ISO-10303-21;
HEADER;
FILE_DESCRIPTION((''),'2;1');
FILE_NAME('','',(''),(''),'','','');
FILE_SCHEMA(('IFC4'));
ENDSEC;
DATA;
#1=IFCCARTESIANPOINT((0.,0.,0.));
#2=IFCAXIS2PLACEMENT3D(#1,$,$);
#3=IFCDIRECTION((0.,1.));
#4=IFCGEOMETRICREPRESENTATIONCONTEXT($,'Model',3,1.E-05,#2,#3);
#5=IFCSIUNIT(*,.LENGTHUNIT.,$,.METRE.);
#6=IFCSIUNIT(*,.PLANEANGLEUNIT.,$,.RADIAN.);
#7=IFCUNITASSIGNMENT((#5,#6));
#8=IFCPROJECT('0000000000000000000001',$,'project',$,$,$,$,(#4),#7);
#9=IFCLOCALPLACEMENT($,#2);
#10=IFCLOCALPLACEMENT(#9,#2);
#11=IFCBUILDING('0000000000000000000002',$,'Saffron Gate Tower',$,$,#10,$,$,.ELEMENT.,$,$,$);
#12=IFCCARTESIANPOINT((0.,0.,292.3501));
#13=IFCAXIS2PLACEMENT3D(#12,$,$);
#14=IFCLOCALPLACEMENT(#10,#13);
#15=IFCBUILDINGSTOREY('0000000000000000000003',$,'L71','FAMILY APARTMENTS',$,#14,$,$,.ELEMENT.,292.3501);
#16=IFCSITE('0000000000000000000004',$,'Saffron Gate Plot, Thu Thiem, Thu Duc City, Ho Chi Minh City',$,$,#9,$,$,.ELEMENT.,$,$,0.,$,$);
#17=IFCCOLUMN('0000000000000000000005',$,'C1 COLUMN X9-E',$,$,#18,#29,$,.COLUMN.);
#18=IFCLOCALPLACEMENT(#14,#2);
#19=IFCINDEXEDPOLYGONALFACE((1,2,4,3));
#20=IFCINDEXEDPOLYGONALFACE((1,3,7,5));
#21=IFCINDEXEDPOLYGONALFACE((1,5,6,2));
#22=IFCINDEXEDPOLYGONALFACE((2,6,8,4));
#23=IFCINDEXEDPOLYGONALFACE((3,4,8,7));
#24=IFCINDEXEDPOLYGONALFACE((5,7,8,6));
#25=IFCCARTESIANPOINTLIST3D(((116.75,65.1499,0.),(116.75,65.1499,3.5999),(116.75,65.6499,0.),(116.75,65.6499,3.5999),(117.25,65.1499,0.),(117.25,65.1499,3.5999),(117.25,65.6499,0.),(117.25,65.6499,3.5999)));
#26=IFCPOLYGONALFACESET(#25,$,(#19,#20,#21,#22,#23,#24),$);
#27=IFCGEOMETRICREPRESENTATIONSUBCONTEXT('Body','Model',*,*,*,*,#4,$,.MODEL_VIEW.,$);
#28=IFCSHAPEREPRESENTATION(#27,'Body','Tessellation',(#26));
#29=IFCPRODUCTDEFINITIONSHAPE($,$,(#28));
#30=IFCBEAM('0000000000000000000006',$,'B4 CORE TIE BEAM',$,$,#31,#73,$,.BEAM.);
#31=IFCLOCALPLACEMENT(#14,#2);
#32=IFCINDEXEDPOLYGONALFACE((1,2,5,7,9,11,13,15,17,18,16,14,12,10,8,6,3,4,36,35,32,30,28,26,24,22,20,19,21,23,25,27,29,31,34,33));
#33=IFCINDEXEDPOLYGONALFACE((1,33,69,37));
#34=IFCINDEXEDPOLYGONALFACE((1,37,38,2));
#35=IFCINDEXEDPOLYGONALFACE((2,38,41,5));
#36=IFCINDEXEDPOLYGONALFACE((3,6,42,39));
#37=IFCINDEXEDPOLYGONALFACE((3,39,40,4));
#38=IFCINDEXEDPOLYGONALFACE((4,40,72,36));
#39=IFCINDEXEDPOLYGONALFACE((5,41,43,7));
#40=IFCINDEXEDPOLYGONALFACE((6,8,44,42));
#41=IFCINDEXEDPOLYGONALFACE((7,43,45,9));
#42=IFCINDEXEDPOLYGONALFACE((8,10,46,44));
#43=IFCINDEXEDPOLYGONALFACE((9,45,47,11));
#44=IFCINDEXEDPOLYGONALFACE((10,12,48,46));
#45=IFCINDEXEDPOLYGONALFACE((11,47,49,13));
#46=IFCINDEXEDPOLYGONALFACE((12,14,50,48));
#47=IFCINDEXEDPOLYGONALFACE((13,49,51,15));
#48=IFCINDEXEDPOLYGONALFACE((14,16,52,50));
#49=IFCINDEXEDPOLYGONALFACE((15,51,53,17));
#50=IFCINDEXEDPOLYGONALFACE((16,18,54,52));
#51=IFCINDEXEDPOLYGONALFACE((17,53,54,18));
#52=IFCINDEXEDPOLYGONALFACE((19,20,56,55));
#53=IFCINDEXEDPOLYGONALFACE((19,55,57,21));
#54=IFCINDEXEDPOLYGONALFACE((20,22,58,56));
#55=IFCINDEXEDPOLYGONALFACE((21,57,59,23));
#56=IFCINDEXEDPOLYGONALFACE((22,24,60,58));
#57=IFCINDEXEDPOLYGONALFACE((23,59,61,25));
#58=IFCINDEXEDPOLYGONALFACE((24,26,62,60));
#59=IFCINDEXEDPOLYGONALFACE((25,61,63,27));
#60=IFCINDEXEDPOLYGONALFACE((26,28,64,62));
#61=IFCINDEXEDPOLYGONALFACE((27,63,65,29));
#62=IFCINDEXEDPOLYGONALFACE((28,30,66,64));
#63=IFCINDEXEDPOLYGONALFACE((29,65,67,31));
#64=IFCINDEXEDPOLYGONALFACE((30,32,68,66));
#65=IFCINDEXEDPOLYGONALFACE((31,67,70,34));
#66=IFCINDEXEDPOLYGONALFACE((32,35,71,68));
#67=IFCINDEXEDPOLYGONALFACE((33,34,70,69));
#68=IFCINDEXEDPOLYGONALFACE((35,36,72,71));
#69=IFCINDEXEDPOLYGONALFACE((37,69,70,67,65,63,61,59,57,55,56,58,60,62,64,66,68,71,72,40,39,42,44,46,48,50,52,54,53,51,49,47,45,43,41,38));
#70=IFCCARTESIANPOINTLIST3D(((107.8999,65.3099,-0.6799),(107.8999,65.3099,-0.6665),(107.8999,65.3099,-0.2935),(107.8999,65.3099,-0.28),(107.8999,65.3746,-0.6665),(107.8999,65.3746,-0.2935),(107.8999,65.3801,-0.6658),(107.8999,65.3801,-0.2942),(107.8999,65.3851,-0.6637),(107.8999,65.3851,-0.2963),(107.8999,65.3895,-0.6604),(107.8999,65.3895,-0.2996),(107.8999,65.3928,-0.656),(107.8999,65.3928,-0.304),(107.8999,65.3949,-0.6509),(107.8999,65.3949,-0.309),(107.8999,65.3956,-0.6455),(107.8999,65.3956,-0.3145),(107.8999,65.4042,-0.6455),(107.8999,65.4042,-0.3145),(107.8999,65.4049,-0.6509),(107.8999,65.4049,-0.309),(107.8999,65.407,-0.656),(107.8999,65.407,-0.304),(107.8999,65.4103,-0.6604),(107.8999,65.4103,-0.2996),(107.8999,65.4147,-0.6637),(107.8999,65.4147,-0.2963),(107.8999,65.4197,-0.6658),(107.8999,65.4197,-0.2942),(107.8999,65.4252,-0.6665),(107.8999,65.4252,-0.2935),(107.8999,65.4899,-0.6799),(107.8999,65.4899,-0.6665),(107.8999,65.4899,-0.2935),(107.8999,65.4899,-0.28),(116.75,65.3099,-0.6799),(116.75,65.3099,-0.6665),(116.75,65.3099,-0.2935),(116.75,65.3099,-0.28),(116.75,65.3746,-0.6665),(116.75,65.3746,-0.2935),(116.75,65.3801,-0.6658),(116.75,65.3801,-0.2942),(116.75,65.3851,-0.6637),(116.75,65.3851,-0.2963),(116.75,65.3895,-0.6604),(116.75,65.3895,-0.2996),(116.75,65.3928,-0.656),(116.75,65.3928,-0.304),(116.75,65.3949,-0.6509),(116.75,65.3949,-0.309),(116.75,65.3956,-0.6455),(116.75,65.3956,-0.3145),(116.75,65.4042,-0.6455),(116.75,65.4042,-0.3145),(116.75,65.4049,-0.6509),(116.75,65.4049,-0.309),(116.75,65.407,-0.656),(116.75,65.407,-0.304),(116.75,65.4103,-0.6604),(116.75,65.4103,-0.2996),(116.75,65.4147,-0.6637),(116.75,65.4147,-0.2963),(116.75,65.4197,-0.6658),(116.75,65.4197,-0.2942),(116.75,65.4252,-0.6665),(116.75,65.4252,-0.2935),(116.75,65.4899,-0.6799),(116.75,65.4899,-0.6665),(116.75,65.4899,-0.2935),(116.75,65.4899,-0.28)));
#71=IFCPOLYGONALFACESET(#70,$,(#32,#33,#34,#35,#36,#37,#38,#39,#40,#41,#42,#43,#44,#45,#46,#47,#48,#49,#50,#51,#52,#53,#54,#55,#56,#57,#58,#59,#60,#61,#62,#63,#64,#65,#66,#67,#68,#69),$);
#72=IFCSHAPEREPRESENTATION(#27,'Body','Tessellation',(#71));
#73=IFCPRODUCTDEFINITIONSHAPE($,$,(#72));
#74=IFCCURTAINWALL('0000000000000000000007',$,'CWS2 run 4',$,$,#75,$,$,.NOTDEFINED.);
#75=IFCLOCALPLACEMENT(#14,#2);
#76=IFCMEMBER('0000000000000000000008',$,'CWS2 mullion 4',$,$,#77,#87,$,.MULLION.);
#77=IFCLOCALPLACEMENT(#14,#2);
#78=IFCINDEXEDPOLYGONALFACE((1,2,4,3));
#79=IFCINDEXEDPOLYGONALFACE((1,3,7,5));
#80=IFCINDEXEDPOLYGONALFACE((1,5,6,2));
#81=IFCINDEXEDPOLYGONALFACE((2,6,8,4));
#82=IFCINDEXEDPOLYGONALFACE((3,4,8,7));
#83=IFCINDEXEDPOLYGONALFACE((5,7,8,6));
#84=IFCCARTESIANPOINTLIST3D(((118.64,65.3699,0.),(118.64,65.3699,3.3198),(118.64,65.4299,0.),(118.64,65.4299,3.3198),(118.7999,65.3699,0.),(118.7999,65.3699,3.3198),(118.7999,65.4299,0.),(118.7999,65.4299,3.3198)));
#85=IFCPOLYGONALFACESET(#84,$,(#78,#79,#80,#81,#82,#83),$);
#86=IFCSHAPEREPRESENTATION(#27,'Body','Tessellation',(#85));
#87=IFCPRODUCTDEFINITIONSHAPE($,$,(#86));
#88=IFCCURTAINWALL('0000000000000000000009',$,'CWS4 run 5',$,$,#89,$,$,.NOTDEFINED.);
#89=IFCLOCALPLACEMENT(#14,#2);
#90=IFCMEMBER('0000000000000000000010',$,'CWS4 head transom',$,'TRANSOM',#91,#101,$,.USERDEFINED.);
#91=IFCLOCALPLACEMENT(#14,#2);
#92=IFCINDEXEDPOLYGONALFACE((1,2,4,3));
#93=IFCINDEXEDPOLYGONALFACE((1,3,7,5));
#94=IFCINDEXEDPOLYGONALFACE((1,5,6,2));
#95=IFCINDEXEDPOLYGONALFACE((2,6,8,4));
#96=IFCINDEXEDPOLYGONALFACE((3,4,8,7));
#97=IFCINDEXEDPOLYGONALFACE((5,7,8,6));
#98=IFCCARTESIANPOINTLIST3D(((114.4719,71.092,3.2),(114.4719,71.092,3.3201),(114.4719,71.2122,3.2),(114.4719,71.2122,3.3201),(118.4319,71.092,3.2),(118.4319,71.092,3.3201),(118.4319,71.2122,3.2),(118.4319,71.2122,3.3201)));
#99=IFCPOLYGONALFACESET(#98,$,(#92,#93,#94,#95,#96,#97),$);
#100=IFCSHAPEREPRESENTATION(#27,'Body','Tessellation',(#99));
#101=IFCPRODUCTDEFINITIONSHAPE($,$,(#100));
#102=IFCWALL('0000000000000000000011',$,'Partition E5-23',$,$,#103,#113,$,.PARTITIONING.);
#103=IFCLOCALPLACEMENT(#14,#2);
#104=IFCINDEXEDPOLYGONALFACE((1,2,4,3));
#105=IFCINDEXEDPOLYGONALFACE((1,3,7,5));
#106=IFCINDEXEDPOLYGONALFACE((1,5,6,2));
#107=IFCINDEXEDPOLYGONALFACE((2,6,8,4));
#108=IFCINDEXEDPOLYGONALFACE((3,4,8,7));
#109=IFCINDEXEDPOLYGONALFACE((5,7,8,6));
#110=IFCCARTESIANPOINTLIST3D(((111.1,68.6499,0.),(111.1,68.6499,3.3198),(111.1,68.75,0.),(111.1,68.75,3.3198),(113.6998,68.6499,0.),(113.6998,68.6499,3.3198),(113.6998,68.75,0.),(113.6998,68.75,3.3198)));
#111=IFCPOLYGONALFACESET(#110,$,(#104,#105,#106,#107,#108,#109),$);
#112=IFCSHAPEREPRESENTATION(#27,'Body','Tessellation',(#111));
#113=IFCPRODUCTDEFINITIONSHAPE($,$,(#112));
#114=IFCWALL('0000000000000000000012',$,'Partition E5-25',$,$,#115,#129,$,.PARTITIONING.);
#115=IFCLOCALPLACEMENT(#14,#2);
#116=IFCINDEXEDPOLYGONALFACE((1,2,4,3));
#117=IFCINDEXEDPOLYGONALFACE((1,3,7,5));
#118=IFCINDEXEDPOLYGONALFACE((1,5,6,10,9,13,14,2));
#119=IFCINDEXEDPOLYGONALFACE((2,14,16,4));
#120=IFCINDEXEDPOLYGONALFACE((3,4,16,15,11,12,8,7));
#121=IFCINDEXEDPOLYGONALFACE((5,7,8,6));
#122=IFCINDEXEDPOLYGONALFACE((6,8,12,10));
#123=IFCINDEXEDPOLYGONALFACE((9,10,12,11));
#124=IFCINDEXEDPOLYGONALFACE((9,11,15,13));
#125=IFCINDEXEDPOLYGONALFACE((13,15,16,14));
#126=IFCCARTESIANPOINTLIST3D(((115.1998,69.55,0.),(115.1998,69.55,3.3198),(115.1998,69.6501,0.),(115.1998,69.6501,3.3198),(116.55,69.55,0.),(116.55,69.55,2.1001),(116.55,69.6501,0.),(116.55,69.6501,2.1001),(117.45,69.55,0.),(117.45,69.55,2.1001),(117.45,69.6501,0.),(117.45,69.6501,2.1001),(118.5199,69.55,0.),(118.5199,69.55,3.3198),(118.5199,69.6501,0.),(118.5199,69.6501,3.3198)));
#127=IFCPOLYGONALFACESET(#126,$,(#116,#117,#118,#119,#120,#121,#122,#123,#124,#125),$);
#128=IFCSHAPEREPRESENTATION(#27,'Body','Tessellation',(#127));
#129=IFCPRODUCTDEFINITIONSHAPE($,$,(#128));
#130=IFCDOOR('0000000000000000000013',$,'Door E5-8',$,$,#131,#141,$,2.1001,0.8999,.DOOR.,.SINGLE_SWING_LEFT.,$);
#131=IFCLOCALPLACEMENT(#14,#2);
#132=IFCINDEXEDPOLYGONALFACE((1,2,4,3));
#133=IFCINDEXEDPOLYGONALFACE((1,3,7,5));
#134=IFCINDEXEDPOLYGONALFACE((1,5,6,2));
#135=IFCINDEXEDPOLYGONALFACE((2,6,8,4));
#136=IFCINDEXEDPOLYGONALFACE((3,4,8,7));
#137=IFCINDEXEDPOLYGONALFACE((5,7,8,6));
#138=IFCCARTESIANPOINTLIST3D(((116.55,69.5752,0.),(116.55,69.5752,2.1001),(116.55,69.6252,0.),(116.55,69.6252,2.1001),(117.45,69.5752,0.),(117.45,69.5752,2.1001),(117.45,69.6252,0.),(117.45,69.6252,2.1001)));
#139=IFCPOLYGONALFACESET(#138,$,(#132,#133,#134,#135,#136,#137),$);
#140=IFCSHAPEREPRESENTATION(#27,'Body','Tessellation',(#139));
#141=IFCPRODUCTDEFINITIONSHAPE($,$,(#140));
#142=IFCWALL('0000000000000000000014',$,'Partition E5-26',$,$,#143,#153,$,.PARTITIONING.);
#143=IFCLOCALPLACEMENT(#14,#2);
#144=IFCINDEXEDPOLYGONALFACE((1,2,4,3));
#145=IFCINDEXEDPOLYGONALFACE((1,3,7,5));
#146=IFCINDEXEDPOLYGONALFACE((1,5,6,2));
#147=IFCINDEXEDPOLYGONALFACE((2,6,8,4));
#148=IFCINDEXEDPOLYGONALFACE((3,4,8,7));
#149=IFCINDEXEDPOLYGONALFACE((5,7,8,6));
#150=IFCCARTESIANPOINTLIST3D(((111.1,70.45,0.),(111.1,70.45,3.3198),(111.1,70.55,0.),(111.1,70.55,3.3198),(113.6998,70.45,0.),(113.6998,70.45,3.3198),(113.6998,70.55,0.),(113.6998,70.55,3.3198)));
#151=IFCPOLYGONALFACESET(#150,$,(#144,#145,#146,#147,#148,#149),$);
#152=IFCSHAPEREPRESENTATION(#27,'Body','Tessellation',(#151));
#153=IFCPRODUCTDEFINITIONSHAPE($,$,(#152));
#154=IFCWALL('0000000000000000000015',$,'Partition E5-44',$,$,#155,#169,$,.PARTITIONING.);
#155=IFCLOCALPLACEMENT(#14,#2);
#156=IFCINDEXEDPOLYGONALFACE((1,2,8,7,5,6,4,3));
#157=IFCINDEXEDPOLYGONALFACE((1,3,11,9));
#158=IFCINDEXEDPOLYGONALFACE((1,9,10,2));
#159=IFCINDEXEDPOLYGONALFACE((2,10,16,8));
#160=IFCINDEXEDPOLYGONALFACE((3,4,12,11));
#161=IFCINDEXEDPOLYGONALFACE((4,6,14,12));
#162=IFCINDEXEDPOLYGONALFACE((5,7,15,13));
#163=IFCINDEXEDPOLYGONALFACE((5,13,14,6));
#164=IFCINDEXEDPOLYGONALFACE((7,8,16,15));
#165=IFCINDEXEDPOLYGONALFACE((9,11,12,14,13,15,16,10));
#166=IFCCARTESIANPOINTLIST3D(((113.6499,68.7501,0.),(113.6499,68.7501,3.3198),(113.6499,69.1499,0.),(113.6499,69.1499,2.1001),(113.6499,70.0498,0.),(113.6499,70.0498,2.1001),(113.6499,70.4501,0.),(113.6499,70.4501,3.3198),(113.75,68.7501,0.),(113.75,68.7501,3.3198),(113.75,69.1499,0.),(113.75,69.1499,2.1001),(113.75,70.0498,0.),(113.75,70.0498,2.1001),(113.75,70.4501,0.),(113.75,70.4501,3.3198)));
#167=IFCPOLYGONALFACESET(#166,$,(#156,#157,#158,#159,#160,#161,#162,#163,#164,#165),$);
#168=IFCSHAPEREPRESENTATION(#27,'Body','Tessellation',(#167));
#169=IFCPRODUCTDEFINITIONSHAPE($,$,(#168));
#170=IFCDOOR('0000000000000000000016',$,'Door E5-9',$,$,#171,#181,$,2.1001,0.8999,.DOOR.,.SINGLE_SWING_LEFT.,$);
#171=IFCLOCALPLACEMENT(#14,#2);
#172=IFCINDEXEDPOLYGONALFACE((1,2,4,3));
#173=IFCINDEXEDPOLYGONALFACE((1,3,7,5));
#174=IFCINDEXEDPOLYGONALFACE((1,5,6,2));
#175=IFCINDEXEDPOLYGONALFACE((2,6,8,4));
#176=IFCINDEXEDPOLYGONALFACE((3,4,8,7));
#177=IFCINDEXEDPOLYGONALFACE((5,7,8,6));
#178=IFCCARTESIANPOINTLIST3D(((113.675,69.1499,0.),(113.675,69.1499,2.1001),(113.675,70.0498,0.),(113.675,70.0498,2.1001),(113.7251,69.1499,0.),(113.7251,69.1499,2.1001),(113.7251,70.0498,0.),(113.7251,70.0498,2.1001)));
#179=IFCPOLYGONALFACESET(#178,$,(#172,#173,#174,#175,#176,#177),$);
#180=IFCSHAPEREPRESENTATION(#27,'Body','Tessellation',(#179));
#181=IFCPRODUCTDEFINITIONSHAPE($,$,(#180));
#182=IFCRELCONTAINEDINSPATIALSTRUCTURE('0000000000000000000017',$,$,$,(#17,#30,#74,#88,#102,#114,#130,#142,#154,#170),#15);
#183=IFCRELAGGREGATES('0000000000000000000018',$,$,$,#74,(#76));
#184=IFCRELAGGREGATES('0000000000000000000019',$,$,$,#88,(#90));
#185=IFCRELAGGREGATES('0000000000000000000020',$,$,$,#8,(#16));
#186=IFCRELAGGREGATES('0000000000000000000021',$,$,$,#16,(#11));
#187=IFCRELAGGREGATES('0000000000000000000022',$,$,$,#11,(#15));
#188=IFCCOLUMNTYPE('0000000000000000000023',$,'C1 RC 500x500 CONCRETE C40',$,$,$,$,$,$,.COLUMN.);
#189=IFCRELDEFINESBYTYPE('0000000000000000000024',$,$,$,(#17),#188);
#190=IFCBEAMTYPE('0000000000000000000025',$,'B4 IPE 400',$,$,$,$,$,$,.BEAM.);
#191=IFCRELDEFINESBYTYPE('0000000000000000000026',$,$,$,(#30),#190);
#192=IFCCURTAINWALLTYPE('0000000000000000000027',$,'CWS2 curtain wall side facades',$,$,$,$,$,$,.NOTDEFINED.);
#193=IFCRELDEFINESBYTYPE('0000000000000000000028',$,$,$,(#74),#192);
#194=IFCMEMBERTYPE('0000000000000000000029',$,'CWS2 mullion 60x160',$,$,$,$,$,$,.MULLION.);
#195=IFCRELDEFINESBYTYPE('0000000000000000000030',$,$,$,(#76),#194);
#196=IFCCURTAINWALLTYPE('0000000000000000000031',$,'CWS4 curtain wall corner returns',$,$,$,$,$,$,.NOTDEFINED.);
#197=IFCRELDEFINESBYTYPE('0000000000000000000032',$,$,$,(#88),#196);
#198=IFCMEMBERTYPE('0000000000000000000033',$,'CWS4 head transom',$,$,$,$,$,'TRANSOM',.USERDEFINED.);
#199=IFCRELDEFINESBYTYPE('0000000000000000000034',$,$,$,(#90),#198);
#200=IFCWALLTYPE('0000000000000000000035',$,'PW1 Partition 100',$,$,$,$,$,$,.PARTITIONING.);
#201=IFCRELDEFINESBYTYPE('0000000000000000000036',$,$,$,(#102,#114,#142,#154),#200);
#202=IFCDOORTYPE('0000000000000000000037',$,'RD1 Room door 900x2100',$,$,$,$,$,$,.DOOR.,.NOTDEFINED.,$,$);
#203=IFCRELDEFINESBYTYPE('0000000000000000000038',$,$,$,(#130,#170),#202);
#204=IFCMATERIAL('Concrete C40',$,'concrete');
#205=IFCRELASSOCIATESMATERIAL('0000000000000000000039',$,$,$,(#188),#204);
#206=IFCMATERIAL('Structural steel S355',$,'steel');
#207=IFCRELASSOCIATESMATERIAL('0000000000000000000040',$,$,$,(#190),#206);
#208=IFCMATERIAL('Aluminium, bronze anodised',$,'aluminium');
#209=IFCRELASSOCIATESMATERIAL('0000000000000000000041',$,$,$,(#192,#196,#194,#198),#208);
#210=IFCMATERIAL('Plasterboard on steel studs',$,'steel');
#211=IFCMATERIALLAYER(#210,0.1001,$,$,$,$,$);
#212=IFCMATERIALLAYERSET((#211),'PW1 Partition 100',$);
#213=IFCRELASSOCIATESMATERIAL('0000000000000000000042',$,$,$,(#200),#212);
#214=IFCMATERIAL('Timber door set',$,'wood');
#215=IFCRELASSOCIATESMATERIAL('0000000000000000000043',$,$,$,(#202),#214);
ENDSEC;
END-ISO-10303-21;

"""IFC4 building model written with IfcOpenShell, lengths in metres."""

from ifc_helpers import new_model, si_unit, direction, frame, frame_2d, origin, origin_2d, place, context, subcontext, project, spatial, rectangle, i_section, extrude, material, layer, layer_set, material_profile, profile_set, type_object, element, fill, aggregate, save


model = new_model("IFC4")

# Units and contexts
model_context = context("Model", 3, precision=1e-05, world=origin(), true_north=direction((0.0, 1.0)))
body_context = subcontext(model_context, "Body", "Model", "MODEL_VIEW")
ifc_project = project(units=[si_unit("LENGTHUNIT", "METRE"), si_unit("PLANEANGLEUNIT", "RADIAN")], contexts=[model_context])

# Site, building, storey
site_placement = place(None, origin())
site = spatial("IfcSite", under=ifc_project, at=site_placement, Name="Saffron Gate Plot, Thu Thiem, Thu Duc City, Ho Chi Minh City", CompositionType="ELEMENT", RefElevation=0.0)
building_placement = place(site_placement, origin())
building = spatial("IfcBuilding", under=site, at=building_placement, Name="Saffron Gate Tower", CompositionType="ELEMENT")
storey_placement = place(building_placement, frame((0.0, 0.0, 292.3501)))
storey = spatial("IfcBuildingStorey", under=building, at=storey_placement, Name="L71", Description="FAMILY APARTMENTS", CompositionType="ELEMENT", Elevation=292.3501)

# Column
ifc_material_1 = material(Name="Concrete C40", Category="concrete")
ifc_material_profile_1 = material_profile(ifc_material_1, rectangle(XDim=0.5, YDim=0.5, at=origin_2d()))
ifc_profile_set_1 = profile_set([ifc_material_profile_1], Name="Concrete C40")
column_type = type_object("IfcColumnType", Name="C1 RC 500x500 CONCRETE C40", PredefinedType="COLUMN", material=ifc_profile_set_1)
column_placement = place(storey_placement, frame((117.0, 65.3999, 0.0), z_axis=(0.0, 0.0, 1.0), x_axis=(1.0, 0.0, 0.0)))
element("IfcColumn", 1, at=column_placement, inside=storey, type_object=column_type, Name="C1 COLUMN X9-E", PredefinedType="COLUMN", context=body_context, shape_type="SweptSolid", body=[
    extrude(rectangle(XDim=0.5, YDim=0.5, at=origin_2d()), origin(), (0.0, 0.0, 1.0), 3.5999),
])

# Beam
ifc_material_2 = material(Name="Structural steel S355", Category="steel")
ifc_material_profile_2 = material_profile(ifc_material_2, i_section(OverallWidth=0.1799, OverallDepth=0.3999, WebThickness=0.0085, FlangeThickness=0.0134, FilletRadius=0.021, at=origin_2d()))
ifc_profile_set_2 = profile_set([ifc_material_profile_2], Name="Structural steel S355")
beam_type = type_object("IfcBeamType", Name="B4 IPE 400", PredefinedType="BEAM", material=ifc_profile_set_2)
beam_placement = place(storey_placement, frame((116.75, 65.3999, -0.48), z_axis=(-1.0, 0.0, 0.0), x_axis=(0.0, -1.0, 0.0)))
element("IfcBeam", 2, at=beam_placement, inside=storey, type_object=beam_type, Name="B4 CORE TIE BEAM", PredefinedType="BEAM", context=body_context, shape_type="SweptSolid", body=[
    extrude(i_section(OverallWidth=0.1799, OverallDepth=0.3999, WebThickness=0.0085, FlangeThickness=0.0134, FilletRadius=0.021, at=origin_2d()), origin(), (0.0, 0.0, 1.0), 8.8501),
])

# Curtain walls, members
ifc_material_3 = material(Name="Aluminium, bronze anodised", Category="aluminium")
curtain_wall_type_1 = type_object("IfcCurtainWallType", Name="CWS2 curtain wall side facades", PredefinedType="NOTDEFINED", material=ifc_material_3)
curtain_wall_1_placement = place(storey_placement, origin())
curtain_wall_1 = element("IfcCurtainWall", 3, at=curtain_wall_1_placement, inside=storey, type_object=curtain_wall_type_1, Name="CWS2 run 4", PredefinedType="NOTDEFINED")
ifc_material_profile_3 = material_profile(ifc_material_3, rectangle(XDim=0.1599, YDim=0.0601, at=origin_2d()))
ifc_profile_set_3 = profile_set([ifc_material_profile_3], Name="Aluminium, bronze anodised")
member_type_1 = type_object("IfcMemberType", Name="CWS2 mullion 60x160", PredefinedType="MULLION", material=ifc_profile_set_3)
member_1_placement = place(storey_placement, frame((118.72, 65.3999, 0.0), z_axis=(0.0, 0.0, 1.0), x_axis=(-1.0, 0.0, 0.0)))
member_1 = element("IfcMember", 4, at=member_1_placement, type_object=member_type_1, Name="CWS2 mullion 4", PredefinedType="MULLION", context=body_context, shape_type="SweptSolid", body=[
    extrude(rectangle(XDim=0.1599, YDim=0.0601, at=origin_2d()), origin(), (0.0, 0.0, 1.0), 3.3198),
])
aggregate(curtain_wall_1, [member_1])
curtain_wall_type_2 = type_object("IfcCurtainWallType", Name="CWS4 curtain wall corner returns", PredefinedType="NOTDEFINED", material=ifc_material_3)
curtain_wall_2_placement = place(storey_placement, origin())
curtain_wall_2 = element("IfcCurtainWall", 5, at=curtain_wall_2_placement, inside=storey, type_object=curtain_wall_type_2, Name="CWS4 run 5", PredefinedType="NOTDEFINED")
ifc_material_profile_4 = material_profile(ifc_material_3, rectangle(XDim=0.1201, YDim=0.1201, at=origin_2d()))
ifc_profile_set_4 = profile_set([ifc_material_profile_4], Name="Aluminium, bronze anodised")
member_type_2 = type_object("IfcMemberType", Name="CWS4 head transom", ElementType="TRANSOM", PredefinedType="USERDEFINED", material=ifc_profile_set_4)
member_2_placement = place(storey_placement, frame((118.4319, 71.1521, 3.26), z_axis=(-1.0, 0.0, 0.0), x_axis=(0.0, -1.0, 0.0)))
member_2 = element("IfcMember", 6, at=member_2_placement, type_object=member_type_2, Name="CWS4 head transom", ObjectType="TRANSOM", PredefinedType="USERDEFINED", context=body_context, shape_type="SweptSolid", body=[
    extrude(rectangle(XDim=0.1201, YDim=0.1201, at=origin_2d()), origin(), (0.0, 0.0, 1.0), 3.96),
])
aggregate(curtain_wall_2, [member_2])

# Wall
ifc_material_4 = material(Name="Plasterboard on steel studs", Category="steel")
ifc_layer_1 = layer(ifc_material_4, 0.1001)
ifc_layer_set_1 = layer_set([ifc_layer_1], Name="PW1 Partition 100")
wall_type_1 = type_object("IfcWallType", Name="PW1 Partition 100", PredefinedType="PARTITIONING", material=ifc_layer_set_1)
wall_1_placement = place(storey_placement, frame((111.1001, 68.7, 0.0), z_axis=(0.0, 0.0, 1.0), x_axis=(1.0, 0.0, 0.0)))
element("IfcWall", 7, at=wall_1_placement, inside=storey, type_object=wall_type_1, Name="Partition E5-23", PredefinedType="PARTITIONING", context=body_context, shape_type="SweptSolid", body=[
    extrude(rectangle(XDim=2.5999, YDim=0.1001, at=frame_2d((1.2998, 0.0))), origin(), (0.0, 0.0, 1.0), 3.3198),
])

# Wall, opening, door
wall_2_placement = place(storey_placement, frame((118.52, 69.6001, 0.0), z_axis=(0.0, 0.0, 1.0), x_axis=(-1.0, 0.0, 0.0)))
wall_2 = element("IfcWall", 8, at=wall_2_placement, inside=storey, type_object=wall_type_1, Name="Partition E5-25", PredefinedType="PARTITIONING", context=body_context, shape_type="SweptSolid", body=[
    extrude(rectangle(XDim=3.3201, YDim=0.1001, at=frame_2d((1.6602, 0.0))), origin(), (0.0, 0.0, 1.0), 3.3198),
])
opening_1_placement = place(wall_2_placement, frame((1.0701, 0.0, 0.0)))
opening_1 = element("IfcOpeningElement", 9, at=opening_1_placement, cuts=wall_2, PredefinedType="OPENING", context=body_context, shape_type="SweptSolid", body=[
    extrude(rectangle(XDim=0.8999, YDim=2.1001, at=frame_2d((0.45, 1.05))), frame((0.0, 0.0601, 0.0), z_axis=(0.0, -1.0, 0.0), x_axis=(1.0, 0.0, 0.0)), (0.0, 0.0, 1.0), 0.1201),
])
ifc_material_5 = material(Name="Timber door set", Category="wood")
door_type = type_object("IfcDoorType", Name="RD1 Room door 900x2100", OperationType="NOTDEFINED", PredefinedType="DOOR", material=ifc_material_5)
door_1_placement = place(opening_1_placement, origin())
door_1 = element("IfcDoor", 10, at=door_1_placement, inside=storey, type_object=door_type, Name="Door E5-8", OperationType="SINGLE_SWING_LEFT", OverallHeight=2.1001, OverallWidth=0.8999, PredefinedType="DOOR", context=body_context, shape_type="SweptSolid", body=[
    extrude(rectangle(XDim=0.8999, YDim=2.1001, at=frame_2d((0.45, 1.05))), frame((0.0, 0.0249, 0.0), z_axis=(0.0, -1.0, 0.0), x_axis=(1.0, 0.0, 0.0)), (0.0, 0.0, 1.0), 0.05),
])
fill(opening_1, door_1)

# Wall
wall_3_placement = place(storey_placement, frame((111.1001, 70.5, 0.0), z_axis=(0.0, 0.0, 1.0), x_axis=(1.0, 0.0, 0.0)))
element("IfcWall", 11, at=wall_3_placement, inside=storey, type_object=wall_type_1, Name="Partition E5-26", PredefinedType="PARTITIONING", context=body_context, shape_type="SweptSolid", body=[
    extrude(rectangle(XDim=2.5999, YDim=0.1001, at=frame_2d((1.2998, 0.0))), origin(), (0.0, 0.0, 1.0), 3.3198),
])

# Wall, opening, door
wall_4_placement = place(storey_placement, frame((113.7, 68.75, 0.0), z_axis=(0.0, 0.0, 1.0), x_axis=(0.0, 1.0, 0.0)))
wall_4 = element("IfcWall", 12, at=wall_4_placement, inside=storey, type_object=wall_type_1, Name="Partition E5-44", PredefinedType="PARTITIONING", context=body_context, shape_type="SweptSolid", body=[
    extrude(rectangle(XDim=1.7, YDim=0.1001, at=frame_2d((0.8501, 0.0))), origin(), (0.0, 0.0, 1.0), 3.3198),
])
opening_2_placement = place(wall_4_placement, frame((0.3999, 0.0, 0.0)))
opening_2 = element("IfcOpeningElement", 13, at=opening_2_placement, cuts=wall_4, PredefinedType="OPENING", context=body_context, shape_type="SweptSolid", body=[
    extrude(rectangle(XDim=0.8999, YDim=2.1001, at=frame_2d((0.45, 1.05))), frame((0.0, 0.0601, 0.0), z_axis=(0.0, -1.0, 0.0), x_axis=(1.0, 0.0, 0.0)), (0.0, 0.0, 1.0), 0.1201),
])
door_2_placement = place(opening_2_placement, origin())
door_2 = element("IfcDoor", 14, at=door_2_placement, inside=storey, type_object=door_type, Name="Door E5-9", OperationType="SINGLE_SWING_LEFT", OverallHeight=2.1001, OverallWidth=0.8999, PredefinedType="DOOR", context=body_context, shape_type="SweptSolid", body=[
    extrude(rectangle(XDim=0.8999, YDim=2.1001, at=frame_2d((0.45, 1.05))), frame((0.0, 0.0249, 0.0), z_axis=(0.0, -1.0, 0.0), x_axis=(1.0, 0.0, 0.0)), (0.0, 0.0, 1.0), 0.05),
])
fill(opening_2, door_2)

save(model, "model.ifc")
